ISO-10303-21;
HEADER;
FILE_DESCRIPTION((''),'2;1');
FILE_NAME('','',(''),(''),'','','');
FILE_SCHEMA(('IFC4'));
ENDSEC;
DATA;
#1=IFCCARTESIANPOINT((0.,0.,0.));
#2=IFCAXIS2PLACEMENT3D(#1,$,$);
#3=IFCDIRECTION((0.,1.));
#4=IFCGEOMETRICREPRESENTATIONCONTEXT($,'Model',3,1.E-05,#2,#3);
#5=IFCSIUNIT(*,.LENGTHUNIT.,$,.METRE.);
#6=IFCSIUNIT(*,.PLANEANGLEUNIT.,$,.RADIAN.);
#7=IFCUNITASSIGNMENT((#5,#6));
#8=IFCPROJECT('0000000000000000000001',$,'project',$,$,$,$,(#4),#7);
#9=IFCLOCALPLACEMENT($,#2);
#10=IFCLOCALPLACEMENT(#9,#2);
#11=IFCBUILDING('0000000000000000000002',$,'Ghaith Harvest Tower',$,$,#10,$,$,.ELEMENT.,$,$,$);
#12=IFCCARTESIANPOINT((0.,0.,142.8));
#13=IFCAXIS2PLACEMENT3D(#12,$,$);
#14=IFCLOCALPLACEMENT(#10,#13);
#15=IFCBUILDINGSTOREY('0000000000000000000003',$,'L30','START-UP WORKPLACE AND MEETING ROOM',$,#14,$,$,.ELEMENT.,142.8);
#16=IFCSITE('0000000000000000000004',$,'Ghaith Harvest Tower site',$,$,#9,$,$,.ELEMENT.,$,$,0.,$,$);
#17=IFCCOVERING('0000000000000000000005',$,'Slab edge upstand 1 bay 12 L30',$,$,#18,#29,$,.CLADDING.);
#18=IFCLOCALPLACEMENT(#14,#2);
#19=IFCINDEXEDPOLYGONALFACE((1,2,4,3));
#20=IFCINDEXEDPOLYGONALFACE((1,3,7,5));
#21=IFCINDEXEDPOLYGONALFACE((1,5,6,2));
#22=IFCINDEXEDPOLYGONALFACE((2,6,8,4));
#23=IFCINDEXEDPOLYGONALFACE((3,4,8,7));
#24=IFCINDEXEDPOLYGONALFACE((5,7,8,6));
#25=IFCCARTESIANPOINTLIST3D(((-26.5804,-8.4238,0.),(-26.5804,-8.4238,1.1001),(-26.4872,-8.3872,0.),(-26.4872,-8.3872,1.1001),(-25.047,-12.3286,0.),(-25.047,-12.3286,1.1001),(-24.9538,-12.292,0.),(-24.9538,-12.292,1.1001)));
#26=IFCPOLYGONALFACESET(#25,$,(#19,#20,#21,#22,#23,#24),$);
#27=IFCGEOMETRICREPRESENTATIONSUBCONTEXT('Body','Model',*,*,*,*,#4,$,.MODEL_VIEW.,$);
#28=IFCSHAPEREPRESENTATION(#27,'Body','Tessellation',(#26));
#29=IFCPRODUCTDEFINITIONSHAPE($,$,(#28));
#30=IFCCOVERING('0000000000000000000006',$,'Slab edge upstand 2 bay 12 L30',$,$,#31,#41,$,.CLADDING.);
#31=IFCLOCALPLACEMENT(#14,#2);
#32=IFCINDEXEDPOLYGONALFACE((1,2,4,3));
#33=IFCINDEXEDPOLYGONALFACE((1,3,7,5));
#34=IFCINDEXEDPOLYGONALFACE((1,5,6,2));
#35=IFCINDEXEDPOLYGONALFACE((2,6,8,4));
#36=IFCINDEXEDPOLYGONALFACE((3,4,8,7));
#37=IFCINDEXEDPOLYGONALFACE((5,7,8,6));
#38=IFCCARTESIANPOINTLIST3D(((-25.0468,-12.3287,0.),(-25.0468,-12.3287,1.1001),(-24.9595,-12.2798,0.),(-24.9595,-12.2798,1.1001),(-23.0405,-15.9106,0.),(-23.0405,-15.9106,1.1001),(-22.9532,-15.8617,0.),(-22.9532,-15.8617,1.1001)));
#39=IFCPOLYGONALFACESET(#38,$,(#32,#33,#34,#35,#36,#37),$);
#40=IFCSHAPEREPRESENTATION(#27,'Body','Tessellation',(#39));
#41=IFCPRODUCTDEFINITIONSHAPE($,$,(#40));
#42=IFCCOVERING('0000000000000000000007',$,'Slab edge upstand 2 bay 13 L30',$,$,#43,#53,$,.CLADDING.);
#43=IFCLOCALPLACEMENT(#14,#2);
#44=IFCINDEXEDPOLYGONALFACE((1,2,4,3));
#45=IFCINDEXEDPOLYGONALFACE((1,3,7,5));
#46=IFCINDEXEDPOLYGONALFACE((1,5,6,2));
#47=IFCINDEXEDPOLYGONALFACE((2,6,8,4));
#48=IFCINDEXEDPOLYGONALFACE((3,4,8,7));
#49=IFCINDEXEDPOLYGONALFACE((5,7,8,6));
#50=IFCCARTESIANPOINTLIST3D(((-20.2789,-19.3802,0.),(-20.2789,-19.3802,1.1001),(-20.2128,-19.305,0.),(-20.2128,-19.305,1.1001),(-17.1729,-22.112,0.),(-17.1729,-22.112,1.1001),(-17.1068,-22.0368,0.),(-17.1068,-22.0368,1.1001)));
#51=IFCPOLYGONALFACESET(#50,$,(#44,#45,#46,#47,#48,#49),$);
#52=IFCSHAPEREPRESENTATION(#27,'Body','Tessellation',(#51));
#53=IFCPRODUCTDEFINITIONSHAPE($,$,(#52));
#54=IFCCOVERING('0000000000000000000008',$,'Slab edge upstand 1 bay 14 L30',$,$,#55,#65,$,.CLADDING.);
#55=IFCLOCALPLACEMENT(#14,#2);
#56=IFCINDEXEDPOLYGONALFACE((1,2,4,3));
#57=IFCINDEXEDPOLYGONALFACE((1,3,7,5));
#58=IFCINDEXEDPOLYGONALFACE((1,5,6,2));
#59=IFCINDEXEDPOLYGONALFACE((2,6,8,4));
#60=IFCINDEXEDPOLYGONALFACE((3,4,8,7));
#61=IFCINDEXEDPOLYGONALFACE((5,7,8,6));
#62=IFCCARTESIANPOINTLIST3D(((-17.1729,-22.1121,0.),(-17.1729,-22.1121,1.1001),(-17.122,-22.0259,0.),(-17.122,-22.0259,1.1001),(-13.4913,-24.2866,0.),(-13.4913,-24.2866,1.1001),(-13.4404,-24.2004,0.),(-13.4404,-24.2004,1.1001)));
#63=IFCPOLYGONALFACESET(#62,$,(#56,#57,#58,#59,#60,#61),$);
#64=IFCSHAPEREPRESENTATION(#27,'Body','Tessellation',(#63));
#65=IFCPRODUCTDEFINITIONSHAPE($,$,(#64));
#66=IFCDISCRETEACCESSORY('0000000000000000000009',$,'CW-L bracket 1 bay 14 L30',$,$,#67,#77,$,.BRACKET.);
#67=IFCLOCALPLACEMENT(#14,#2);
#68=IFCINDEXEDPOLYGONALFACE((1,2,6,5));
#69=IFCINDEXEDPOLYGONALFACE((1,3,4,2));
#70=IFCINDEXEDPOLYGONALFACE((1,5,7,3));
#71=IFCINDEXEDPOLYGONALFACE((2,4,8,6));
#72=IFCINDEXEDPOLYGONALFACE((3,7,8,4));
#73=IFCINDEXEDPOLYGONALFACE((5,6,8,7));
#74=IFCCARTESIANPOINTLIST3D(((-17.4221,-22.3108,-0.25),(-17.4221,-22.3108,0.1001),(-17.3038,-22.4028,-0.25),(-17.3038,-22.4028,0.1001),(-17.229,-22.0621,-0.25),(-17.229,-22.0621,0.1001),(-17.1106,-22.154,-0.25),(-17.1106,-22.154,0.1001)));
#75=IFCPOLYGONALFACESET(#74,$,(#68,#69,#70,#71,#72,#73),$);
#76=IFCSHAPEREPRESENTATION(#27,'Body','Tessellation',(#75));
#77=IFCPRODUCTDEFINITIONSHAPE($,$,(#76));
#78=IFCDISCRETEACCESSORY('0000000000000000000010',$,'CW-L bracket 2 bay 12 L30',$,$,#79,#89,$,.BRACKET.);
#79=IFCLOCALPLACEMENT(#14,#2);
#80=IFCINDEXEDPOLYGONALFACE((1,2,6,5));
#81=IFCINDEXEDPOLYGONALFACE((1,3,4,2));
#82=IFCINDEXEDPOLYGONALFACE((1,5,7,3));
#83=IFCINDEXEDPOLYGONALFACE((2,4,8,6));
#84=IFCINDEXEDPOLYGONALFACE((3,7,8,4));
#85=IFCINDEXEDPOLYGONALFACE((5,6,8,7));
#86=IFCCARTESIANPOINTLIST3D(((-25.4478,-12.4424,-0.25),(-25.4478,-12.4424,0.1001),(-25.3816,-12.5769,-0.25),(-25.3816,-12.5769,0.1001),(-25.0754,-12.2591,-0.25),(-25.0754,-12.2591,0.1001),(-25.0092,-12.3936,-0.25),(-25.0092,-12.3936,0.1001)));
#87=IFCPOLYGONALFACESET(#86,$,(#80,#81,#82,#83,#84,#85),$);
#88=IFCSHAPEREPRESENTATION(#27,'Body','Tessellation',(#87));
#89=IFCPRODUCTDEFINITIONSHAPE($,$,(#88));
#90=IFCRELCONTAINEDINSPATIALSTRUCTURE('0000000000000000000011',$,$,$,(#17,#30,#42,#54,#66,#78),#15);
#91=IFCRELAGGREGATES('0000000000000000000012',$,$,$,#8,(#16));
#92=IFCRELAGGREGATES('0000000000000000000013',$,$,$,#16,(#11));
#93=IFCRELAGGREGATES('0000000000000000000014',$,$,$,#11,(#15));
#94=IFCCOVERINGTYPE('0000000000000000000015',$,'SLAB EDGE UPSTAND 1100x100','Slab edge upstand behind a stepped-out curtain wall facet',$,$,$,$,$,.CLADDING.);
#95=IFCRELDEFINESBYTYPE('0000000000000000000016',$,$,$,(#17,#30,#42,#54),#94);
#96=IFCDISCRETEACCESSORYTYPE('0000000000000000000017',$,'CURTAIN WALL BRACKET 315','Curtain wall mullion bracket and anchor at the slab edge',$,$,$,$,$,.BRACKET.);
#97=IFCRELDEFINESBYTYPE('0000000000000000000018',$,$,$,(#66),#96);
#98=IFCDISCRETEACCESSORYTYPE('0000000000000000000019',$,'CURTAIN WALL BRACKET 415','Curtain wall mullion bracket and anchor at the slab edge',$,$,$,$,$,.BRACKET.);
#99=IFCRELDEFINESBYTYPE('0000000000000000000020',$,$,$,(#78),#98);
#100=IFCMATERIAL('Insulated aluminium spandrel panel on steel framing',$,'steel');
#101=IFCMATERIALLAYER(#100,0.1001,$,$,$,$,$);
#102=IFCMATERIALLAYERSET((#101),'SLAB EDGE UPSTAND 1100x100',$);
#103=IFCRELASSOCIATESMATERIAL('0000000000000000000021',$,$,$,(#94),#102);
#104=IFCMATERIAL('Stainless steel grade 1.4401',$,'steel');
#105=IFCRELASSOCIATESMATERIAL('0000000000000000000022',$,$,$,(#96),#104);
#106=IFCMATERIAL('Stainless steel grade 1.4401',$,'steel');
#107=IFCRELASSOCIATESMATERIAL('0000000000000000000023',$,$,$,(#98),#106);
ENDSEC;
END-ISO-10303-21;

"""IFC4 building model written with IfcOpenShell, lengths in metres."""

from ifc_helpers import new_model, si_unit, direction, frame, origin, origin_2d, place, context, subcontext, project, spatial, rectangle, extrude, material, layer, layer_set, type_object, element, save


model = new_model("IFC4")

# Units and contexts
model_context = context("Model", 3, precision=1e-05, world=origin(), true_north=direction((0.0, 1.0)))
body_context = subcontext(model_context, "Body", "Model", "MODEL_VIEW")
ifc_project = project(units=[si_unit("LENGTHUNIT", "METRE"), si_unit("PLANEANGLEUNIT", "RADIAN")], contexts=[model_context])

# Site, building, storey
site_placement = place(None, origin())
site = spatial("IfcSite", under=ifc_project, at=site_placement, Name="Ghaith Harvest Tower site", CompositionType="ELEMENT", RefElevation=0.0)
building_placement = place(site_placement, origin())
building = spatial("IfcBuilding", under=site, at=building_placement, Name="Ghaith Harvest Tower", CompositionType="ELEMENT")
storey_placement = place(building_placement, frame((0.0, 0.0, 142.8)))
storey = spatial("IfcBuildingStorey", under=building, at=storey_placement, Name="L30", Description="START-UP WORKPLACE AND MEETING ROOM", CompositionType="ELEMENT", Elevation=142.8)

# Coverings
ifc_material_1 = material(Name="Insulated aluminium spandrel panel on steel framing", Category="steel")
ifc_layer_1 = layer(ifc_material_1, 0.1001)
ifc_layer_set_1 = layer_set([ifc_layer_1], Name="SLAB EDGE UPSTAND 1100x100")
covering_type = type_object("IfcCoveringType", Name="SLAB EDGE UPSTAND 1100x100", Description="Slab edge upstand behind a stepped-out curtain wall facet", PredefinedType="CLADDING", material=ifc_layer_set_1)
covering_1_placement = place(storey_placement, frame((-25.7671, -10.3579, 0.0), z_axis=(0.0, 0.0, 1.0), x_axis=(0.365515, -0.930805, 0.0)))
element("IfcCovering", 1, at=covering_1_placement, inside=storey, type_object=covering_type, Name="Slab edge upstand 1 bay 12 L30", PredefinedType="CLADDING", context=body_context, shape_type="SweptSolid", body=[
    extrude(rectangle(XDim=4.1951, YDim=0.1001, at=origin_2d()), origin(), (0.0, 0.0, 1.0), 1.1001),
])
covering_2_placement = place(storey_placement, frame((-24.0, -14.0952, 0.0), z_axis=(0.0, 0.0, 1.0), x_axis=(0.488684, -0.872461, 0.0)))
element("IfcCovering", 2, at=covering_2_placement, inside=storey, type_object=covering_type, Name="Slab edge upstand 2 bay 12 L30", PredefinedType="CLADDING", context=body_context, shape_type="SweptSolid", body=[
    extrude(rectangle(XDim=4.1055, YDim=0.1001, at=origin_2d()), origin(), (0.0, 0.0, 1.0), 1.1001),
])
covering_3_placement = place(storey_placement, frame((-18.6929, -20.7085, 0.0), z_axis=(0.0, 0.0, 1.0), x_axis=(0.750892, -0.660425, 0.0)))
element("IfcCovering", 3, at=covering_3_placement, inside=storey, type_object=covering_type, Name="Slab edge upstand 2 bay 13 L30", PredefinedType="CLADDING", context=body_context, shape_type="SweptSolid", body=[
    extrude(rectangle(XDim=4.1365, YDim=0.1001, at=origin_2d()), origin(), (0.0, 0.0, 1.0), 1.1001),
])
covering_4_placement = place(storey_placement, frame((-15.3066, -23.1562, 0.0), z_axis=(0.0, 0.0, 1.0), x_axis=(0.861021, -0.50857, 0.0)))
element("IfcCovering", 4, at=covering_4_placement, inside=storey, type_object=covering_type, Name="Slab edge upstand 1 bay 14 L30", PredefinedType="CLADDING", context=body_context, shape_type="SweptSolid", body=[
    extrude(rectangle(XDim=4.2759, YDim=0.1001, at=origin_2d()), origin(), (0.0, 0.0, 1.0), 1.1001),
])

# Discrete accessories
ifc_material_2 = material(Name="Stainless steel grade 1.4401", Category="steel")
discrete_accessory_type_1 = type_object("IfcDiscreteAccessoryType", Name="CURTAIN WALL BRACKET 315", Description="Curtain wall mullion bracket and anchor at the slab edge", PredefinedType="BRACKET", material=ifc_material_2)
discrete_accessory_1_placement = place(storey_placement, frame((-17.2664, -22.2324, -0.25), z_axis=(0.0, 0.0, 1.0), x_axis=(-0.613378, -0.78979, 0.0)))
element("IfcDiscreteAccessory", 5, at=discrete_accessory_1_placement, inside=storey, type_object=discrete_accessory_type_1, Name="CW-L bracket 1 bay 14 L30", PredefinedType="BRACKET", context=body_context, shape_type="SweptSolid", body=[
    extrude(rectangle(XDim=0.3149, YDim=0.1499, at=origin_2d()), origin(), (0.0, 0.0, 1.0), 0.3501),
])
ifc_material_3 = material(Name="Stainless steel grade 1.4401", Category="steel")
discrete_accessory_type_2 = type_object("IfcDiscreteAccessoryType", Name="CURTAIN WALL BRACKET 415", Description="Curtain wall mullion bracket and anchor at the slab edge", PredefinedType="BRACKET", material=ifc_material_3)
discrete_accessory_2_placement = place(storey_placement, frame((-25.2285, -12.418, -0.25), z_axis=(0.0, 0.0, 1.0), x_axis=(-0.897201, -0.441622, 0.0)))
element("IfcDiscreteAccessory", 6, at=discrete_accessory_2_placement, inside=storey, type_object=discrete_accessory_type_2, Name="CW-L bracket 2 bay 12 L30", PredefinedType="BRACKET", context=body_context, shape_type="SweptSolid", body=[
    extrude(rectangle(XDim=0.415, YDim=0.1499, at=origin_2d()), origin(), (0.0, 0.0, 1.0), 0.3501),
])

save(model, "model.ifc")
